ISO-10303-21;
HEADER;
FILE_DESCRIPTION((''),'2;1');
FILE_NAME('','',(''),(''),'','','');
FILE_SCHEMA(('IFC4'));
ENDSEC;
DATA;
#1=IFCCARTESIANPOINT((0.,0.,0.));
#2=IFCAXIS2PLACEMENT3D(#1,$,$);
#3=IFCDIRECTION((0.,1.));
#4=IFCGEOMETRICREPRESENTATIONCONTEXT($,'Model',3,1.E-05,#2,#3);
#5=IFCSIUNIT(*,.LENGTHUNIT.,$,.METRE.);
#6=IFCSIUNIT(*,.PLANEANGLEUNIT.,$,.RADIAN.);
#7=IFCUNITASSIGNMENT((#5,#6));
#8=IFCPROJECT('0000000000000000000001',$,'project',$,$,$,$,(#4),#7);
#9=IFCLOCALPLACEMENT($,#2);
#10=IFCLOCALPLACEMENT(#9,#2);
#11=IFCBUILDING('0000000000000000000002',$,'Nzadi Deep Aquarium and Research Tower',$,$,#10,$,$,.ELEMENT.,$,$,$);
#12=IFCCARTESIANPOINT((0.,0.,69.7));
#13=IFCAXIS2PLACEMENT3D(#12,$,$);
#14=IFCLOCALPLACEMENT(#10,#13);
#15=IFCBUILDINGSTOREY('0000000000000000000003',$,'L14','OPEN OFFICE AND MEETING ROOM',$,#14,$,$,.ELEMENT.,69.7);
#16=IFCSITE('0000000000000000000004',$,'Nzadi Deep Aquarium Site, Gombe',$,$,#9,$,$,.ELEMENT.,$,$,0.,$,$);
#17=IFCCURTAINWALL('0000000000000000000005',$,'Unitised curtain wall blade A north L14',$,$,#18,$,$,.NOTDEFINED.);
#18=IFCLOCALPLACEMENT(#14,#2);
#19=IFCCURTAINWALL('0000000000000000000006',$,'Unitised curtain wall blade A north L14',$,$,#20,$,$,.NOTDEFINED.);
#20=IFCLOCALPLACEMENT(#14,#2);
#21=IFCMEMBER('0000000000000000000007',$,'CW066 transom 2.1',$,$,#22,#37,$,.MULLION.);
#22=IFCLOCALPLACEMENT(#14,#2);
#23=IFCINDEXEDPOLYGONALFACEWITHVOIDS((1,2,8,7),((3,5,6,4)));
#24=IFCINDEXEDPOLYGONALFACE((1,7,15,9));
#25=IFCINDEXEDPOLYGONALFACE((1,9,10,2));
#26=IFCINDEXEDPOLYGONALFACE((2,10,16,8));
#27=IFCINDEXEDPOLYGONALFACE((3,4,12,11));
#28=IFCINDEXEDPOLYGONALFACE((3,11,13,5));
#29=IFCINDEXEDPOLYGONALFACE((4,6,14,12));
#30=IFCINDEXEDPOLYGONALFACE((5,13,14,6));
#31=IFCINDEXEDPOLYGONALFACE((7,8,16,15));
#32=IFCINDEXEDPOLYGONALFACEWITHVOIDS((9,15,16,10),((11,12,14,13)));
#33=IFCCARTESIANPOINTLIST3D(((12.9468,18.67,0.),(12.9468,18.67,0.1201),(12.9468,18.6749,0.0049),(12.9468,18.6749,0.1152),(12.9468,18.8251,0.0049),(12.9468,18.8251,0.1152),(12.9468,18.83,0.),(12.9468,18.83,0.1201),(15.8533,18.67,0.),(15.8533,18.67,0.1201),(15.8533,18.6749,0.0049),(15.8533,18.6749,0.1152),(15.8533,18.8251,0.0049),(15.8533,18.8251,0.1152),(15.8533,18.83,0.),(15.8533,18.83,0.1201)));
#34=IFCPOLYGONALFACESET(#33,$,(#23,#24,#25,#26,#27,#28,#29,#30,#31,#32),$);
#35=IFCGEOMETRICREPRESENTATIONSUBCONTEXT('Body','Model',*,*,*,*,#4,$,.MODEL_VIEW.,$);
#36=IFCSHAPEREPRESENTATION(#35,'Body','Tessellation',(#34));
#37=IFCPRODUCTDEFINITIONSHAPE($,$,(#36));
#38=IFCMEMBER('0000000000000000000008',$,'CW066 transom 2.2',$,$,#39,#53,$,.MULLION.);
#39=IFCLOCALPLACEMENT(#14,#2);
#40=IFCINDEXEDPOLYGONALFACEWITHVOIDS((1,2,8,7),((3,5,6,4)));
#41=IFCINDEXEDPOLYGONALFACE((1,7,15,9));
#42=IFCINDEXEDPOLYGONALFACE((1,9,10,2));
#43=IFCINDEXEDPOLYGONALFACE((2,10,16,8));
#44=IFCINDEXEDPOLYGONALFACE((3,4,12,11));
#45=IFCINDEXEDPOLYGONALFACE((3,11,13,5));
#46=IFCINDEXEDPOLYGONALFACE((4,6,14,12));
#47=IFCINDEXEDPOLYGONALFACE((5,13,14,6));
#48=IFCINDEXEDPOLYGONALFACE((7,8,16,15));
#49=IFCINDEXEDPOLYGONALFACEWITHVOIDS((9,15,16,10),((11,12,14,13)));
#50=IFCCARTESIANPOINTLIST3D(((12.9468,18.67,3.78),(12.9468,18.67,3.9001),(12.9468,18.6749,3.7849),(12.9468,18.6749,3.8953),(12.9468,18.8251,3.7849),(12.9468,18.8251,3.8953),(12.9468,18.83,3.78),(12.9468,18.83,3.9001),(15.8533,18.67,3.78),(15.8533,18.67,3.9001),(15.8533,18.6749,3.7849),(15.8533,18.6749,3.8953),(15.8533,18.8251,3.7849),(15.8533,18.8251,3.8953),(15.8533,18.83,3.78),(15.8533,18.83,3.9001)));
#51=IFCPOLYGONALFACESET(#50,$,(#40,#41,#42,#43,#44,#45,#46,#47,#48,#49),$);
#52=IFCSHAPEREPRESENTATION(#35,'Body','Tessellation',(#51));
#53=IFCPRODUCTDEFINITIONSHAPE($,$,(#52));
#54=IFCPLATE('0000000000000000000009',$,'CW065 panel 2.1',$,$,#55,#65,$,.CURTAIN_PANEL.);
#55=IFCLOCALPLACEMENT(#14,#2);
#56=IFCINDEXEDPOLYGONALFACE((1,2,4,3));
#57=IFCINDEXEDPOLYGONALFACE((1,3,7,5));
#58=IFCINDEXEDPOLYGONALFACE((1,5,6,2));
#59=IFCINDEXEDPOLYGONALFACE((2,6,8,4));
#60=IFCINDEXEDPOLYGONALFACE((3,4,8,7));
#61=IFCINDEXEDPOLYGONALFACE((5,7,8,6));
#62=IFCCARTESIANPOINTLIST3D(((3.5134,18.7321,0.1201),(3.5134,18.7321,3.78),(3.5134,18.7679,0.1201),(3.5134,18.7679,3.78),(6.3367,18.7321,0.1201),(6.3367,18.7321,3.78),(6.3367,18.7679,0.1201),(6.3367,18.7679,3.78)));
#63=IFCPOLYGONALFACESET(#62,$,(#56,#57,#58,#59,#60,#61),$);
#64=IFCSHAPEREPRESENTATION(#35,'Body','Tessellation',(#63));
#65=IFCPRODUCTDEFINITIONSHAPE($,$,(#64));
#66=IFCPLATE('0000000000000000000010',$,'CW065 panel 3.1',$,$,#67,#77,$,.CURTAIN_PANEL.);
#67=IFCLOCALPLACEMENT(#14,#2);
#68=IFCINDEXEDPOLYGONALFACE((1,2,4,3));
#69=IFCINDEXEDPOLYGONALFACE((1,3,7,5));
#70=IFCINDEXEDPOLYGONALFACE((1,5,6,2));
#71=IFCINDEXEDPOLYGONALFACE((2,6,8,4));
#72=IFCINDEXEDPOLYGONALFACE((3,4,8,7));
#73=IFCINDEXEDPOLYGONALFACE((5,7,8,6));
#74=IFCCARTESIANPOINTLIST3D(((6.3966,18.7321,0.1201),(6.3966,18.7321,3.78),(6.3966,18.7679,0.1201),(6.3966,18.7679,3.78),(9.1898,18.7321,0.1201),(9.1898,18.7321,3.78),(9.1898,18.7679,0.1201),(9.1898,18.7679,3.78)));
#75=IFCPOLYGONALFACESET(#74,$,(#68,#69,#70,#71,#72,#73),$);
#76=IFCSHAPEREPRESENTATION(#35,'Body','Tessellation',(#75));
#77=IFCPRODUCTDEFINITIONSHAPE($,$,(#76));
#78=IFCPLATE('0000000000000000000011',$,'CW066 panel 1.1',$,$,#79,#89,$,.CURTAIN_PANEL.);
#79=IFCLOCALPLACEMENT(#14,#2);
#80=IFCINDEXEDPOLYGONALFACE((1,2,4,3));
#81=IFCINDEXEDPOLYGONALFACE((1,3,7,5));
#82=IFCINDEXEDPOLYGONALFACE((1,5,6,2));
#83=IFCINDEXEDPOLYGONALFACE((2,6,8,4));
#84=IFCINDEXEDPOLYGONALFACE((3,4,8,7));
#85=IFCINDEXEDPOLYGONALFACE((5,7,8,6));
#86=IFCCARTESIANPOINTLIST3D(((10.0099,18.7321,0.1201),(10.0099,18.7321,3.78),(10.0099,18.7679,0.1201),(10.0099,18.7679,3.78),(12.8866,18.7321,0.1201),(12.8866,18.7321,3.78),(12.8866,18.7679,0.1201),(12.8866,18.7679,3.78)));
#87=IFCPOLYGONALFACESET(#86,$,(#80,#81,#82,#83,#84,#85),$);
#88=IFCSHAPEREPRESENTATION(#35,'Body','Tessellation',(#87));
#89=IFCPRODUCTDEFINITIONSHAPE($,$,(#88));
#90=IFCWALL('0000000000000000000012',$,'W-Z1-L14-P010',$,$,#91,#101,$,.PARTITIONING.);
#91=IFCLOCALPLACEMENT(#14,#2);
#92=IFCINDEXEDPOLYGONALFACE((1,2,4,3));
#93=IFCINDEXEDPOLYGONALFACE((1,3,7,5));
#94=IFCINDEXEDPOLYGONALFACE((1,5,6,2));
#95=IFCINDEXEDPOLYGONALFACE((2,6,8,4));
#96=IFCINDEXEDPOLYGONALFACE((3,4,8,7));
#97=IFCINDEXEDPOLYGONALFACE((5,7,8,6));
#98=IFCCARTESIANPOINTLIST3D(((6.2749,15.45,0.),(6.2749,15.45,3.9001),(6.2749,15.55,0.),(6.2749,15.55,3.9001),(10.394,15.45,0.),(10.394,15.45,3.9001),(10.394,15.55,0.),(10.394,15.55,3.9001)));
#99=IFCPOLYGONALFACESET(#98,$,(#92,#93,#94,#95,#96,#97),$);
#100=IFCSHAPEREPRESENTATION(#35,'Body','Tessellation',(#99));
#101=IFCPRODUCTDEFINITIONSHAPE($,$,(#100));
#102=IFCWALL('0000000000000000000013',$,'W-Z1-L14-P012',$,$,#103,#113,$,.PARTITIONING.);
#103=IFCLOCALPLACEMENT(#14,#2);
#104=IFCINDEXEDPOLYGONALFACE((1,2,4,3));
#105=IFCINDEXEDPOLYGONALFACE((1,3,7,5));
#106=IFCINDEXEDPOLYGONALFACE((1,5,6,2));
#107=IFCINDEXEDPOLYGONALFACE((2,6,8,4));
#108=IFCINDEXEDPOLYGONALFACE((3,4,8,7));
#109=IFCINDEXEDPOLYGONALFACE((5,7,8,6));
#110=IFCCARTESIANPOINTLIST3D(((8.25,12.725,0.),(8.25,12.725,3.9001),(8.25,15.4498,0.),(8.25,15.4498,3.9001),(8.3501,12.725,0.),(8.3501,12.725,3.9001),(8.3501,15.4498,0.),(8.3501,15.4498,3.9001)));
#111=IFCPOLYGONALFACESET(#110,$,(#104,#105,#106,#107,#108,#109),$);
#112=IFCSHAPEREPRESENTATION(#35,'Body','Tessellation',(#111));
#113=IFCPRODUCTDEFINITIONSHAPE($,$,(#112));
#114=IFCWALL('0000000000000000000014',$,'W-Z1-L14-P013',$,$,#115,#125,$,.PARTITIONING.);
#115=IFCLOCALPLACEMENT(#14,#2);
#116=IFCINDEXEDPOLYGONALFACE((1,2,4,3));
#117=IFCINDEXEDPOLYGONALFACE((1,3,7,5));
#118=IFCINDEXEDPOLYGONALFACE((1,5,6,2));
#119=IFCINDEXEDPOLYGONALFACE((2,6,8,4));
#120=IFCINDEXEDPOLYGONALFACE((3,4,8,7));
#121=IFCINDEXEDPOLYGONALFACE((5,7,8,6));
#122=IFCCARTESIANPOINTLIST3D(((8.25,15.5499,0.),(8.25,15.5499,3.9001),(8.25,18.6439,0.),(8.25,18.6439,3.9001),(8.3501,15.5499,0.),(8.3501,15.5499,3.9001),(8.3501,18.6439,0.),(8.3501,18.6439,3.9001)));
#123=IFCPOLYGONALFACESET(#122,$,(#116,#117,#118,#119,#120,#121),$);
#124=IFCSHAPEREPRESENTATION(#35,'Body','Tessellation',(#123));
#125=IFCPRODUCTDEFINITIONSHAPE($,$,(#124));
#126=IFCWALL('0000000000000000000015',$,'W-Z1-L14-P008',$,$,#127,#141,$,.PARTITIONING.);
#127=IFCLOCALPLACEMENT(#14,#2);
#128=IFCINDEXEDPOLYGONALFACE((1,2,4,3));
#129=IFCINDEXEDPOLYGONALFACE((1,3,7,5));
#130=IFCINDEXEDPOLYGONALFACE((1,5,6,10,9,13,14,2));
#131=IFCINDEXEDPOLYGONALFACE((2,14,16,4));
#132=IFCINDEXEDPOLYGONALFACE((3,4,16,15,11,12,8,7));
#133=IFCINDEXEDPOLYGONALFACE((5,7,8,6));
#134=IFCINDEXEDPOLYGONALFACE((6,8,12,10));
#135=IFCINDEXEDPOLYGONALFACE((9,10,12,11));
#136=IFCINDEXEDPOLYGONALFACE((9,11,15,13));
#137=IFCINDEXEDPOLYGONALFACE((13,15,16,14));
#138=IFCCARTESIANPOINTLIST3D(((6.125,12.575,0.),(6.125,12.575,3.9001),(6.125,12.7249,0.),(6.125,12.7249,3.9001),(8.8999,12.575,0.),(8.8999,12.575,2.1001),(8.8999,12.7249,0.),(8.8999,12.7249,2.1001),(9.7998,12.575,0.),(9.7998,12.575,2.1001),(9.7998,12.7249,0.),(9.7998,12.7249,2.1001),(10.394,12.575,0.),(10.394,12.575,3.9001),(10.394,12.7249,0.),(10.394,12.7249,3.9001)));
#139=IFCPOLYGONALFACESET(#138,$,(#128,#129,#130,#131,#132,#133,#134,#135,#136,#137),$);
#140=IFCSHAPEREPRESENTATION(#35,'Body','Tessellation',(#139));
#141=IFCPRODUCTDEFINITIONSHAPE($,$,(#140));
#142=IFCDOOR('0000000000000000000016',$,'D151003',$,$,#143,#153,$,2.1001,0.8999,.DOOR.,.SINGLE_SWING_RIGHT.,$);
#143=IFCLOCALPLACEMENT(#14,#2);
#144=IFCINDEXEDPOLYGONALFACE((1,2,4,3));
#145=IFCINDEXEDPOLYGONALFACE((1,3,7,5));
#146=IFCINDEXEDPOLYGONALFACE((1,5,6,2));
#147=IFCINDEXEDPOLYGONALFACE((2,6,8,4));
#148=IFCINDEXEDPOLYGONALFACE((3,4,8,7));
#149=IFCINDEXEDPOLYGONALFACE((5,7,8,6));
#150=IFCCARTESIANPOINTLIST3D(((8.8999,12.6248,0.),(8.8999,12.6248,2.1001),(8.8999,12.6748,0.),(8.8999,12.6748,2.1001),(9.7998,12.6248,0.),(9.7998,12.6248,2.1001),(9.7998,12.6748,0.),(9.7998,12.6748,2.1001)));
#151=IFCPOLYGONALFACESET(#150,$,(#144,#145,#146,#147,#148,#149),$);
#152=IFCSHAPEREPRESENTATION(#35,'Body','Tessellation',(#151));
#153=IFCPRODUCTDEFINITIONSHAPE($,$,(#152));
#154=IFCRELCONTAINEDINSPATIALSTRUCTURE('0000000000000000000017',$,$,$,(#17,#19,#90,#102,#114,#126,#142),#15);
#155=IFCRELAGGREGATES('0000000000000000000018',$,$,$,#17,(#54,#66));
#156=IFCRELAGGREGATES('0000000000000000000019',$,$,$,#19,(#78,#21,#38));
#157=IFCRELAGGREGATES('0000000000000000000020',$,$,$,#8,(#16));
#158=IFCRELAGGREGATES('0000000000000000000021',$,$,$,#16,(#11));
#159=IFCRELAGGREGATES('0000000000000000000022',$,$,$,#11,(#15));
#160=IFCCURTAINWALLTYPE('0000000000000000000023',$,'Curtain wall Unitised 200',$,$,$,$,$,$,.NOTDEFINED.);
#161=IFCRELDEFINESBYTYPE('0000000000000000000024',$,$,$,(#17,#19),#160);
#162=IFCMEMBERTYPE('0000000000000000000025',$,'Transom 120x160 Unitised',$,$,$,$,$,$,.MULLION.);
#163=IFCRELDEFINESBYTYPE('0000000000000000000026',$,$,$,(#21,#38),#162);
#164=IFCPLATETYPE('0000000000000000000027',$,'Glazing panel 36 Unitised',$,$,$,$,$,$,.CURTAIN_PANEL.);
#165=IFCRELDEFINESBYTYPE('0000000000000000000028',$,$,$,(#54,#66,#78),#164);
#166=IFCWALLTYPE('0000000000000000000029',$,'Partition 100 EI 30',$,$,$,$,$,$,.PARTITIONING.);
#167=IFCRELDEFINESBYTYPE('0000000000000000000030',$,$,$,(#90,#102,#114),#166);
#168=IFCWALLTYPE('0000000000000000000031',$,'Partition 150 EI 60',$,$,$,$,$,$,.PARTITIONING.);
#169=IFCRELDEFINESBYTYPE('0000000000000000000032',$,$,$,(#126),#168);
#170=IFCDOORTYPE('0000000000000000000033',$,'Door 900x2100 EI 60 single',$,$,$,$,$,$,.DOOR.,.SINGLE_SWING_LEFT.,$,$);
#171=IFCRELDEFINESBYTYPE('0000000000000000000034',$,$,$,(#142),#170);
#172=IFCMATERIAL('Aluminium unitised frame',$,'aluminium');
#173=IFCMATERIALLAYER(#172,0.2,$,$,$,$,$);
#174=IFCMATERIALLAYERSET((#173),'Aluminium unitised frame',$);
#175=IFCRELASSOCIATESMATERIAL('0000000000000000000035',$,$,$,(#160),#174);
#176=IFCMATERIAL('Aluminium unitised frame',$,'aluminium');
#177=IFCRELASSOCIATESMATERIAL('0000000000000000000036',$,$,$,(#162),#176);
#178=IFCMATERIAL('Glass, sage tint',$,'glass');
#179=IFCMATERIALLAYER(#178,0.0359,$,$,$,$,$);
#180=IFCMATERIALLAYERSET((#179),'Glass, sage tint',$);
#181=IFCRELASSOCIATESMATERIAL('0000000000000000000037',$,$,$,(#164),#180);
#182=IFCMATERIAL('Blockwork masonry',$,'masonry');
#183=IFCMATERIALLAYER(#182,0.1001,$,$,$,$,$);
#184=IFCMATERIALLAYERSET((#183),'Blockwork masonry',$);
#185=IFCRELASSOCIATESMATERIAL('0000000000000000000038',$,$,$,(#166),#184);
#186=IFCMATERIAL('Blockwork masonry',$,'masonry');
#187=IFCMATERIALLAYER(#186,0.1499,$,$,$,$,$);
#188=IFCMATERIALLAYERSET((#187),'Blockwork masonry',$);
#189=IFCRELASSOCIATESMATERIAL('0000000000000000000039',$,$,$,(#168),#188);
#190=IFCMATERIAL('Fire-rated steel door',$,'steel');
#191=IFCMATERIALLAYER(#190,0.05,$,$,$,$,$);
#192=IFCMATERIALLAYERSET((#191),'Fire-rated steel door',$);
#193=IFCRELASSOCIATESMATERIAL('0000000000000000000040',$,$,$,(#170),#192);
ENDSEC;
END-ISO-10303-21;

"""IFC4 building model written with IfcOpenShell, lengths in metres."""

from ifc_helpers import new_model, si_unit, direction, frame, frame_2d, origin, origin_2d, place, context, subcontext, project, spatial, rectangle, hollow_rectangle, extrude, material, layer, layer_set, material_profile, profile_set, type_object, element, fill, aggregate, save


model = new_model("IFC4")

# Units and contexts
model_context = context("Model", 3, precision=1e-05, world=origin(), true_north=direction((0.0, 1.0)))
body_context = subcontext(model_context, "Body", "Model", "MODEL_VIEW")
ifc_project = project(units=[si_unit("LENGTHUNIT", "METRE"), si_unit("PLANEANGLEUNIT", "RADIAN")], contexts=[model_context])

# Site, building, storey
site_placement = place(None, origin())
site = spatial("IfcSite", under=ifc_project, at=site_placement, Name="Nzadi Deep Aquarium Site, Gombe", CompositionType="ELEMENT", RefElevation=0.0)
building_placement = place(site_placement, origin())
building = spatial("IfcBuilding", under=site, at=building_placement, Name="Nzadi Deep Aquarium and Research Tower", CompositionType="ELEMENT")
storey_placement = place(building_placement, frame((0.0, 0.0, 69.7)))
storey = spatial("IfcBuildingStorey", under=building, at=storey_placement, Name="L14", Description="OPEN OFFICE AND MEETING ROOM", CompositionType="ELEMENT", Elevation=69.7)

# Curtain walls
ifc_material_1 = material(Name="Aluminium unitised frame", Category="aluminium")
ifc_layer_1 = layer(ifc_material_1, 0.2)
ifc_layer_set_1 = layer_set([ifc_layer_1], Name="Aluminium unitised frame")
curtain_wall_type = type_object("IfcCurtainWallType", Name="Curtain wall Unitised 200", PredefinedType="NOTDEFINED", material=ifc_layer_set_1)
curtain_wall_1_placement = place(storey_placement, origin())
curtain_wall_1 = element("IfcCurtainWall", 1, at=curtain_wall_1_placement, inside=storey, type_object=curtain_wall_type, Name="Unitised curtain wall blade A north L14", PredefinedType="NOTDEFINED")
curtain_wall_2_placement = place(storey_placement, origin())
curtain_wall_2 = element("IfcCurtainWall", 2, at=curtain_wall_2_placement, inside=storey, type_object=curtain_wall_type, Name="Unitised curtain wall blade A north L14", PredefinedType="NOTDEFINED")

# Members
ifc_material_2 = material(Name="Aluminium unitised frame", Category="aluminium")
ifc_material_profile_1 = material_profile(ifc_material_2, hollow_rectangle(XDim=0.1599, YDim=0.1201, WallThickness=0.0049, at=origin_2d()))
ifc_profile_set_1 = profile_set([ifc_material_profile_1], Name="Aluminium unitised frame")
member_type_1 = type_object("IfcMemberType", Name="Transom 120x160 Unitised", PredefinedType="MULLION", material=ifc_profile_set_1)
member_1_placement = place(storey_placement, frame((12.9468, 18.75, 0.0601), z_axis=(1.0, 0.0, 0.0), x_axis=(0.0, 1.0, 0.0)))
member_1 = element("IfcMember", 3, at=member_1_placement, type_object=member_type_1, Name="CW066 transom 2.1", PredefinedType="MULLION", context=body_context, shape_type="SweptSolid", body=[
    extrude(hollow_rectangle(XDim=0.1599, YDim=0.1201, WallThickness=0.0049, at=origin_2d()), origin(), (0.0, 0.0, 1.0), 2.9065),
])
member_2_placement = place(storey_placement, frame((12.9468, 18.75, 3.8401), z_axis=(1.0, 0.0, 0.0), x_axis=(0.0, 1.0, 0.0)))
member_2 = element("IfcMember", 4, at=member_2_placement, type_object=member_type_1, Name="CW066 transom 2.2", PredefinedType="MULLION", context=body_context, shape_type="SweptSolid", body=[
    extrude(hollow_rectangle(XDim=0.1599, YDim=0.1201, WallThickness=0.0049, at=origin_2d()), origin(), (0.0, 0.0, 1.0), 2.9065),
])

# Plates
ifc_material_3 = material(Name="Glass, sage tint", Category="glass")
ifc_layer_2 = layer(ifc_material_3, 0.0359)
ifc_layer_set_2 = layer_set([ifc_layer_2], Name="Glass, sage tint")
plate_type = type_object("IfcPlateType", Name="Glazing panel 36 Unitised", PredefinedType="CURTAIN_PANEL", material=ifc_layer_set_2)
plate_1_placement = place(storey_placement, frame((4.925, 18.75, 0.1201), z_axis=(0.0, 0.0, 1.0), x_axis=(1.0, 0.0, 0.0)))
plate_1 = element("IfcPlate", 5, at=plate_1_placement, type_object=plate_type, Name="CW065 panel 2.1", PredefinedType="CURTAIN_PANEL", context=body_context, shape_type="SweptSolid", body=[
    extrude(rectangle(XDim=2.8232, YDim=0.0359, at=origin_2d()), origin(), (0.0, 0.0, 1.0), 3.6599),
])
plate_2_placement = place(storey_placement, frame((7.7932, 18.75, 0.1201), z_axis=(0.0, 0.0, 1.0), x_axis=(1.0, 0.0, 0.0)))
plate_2 = element("IfcPlate", 6, at=plate_2_placement, type_object=plate_type, Name="CW065 panel 3.1", PredefinedType="CURTAIN_PANEL", context=body_context, shape_type="SweptSolid", body=[
    extrude(rectangle(XDim=2.7932, YDim=0.0359, at=origin_2d()), origin(), (0.0, 0.0, 1.0), 3.6599),
])
aggregate(curtain_wall_1, [plate_1, plate_2])
plate_3_placement = place(storey_placement, frame((11.4482, 18.75, 0.1201), z_axis=(0.0, 0.0, 1.0), x_axis=(1.0, 0.0, 0.0)))
plate_3 = element("IfcPlate", 7, at=plate_3_placement, type_object=plate_type, Name="CW066 panel 1.1", PredefinedType="CURTAIN_PANEL", context=body_context, shape_type="SweptSolid", body=[
    extrude(rectangle(XDim=2.8767, YDim=0.0359, at=origin_2d()), origin(), (0.0, 0.0, 1.0), 3.6599),
])
aggregate(curtain_wall_2, [plate_3, member_1, member_2])

# Walls
ifc_material_4 = material(Name="Blockwork masonry", Category="masonry")
ifc_layer_3 = layer(ifc_material_4, 0.1001)
ifc_layer_set_3 = layer_set([ifc_layer_3], Name="Blockwork masonry")
wall_type_1 = type_object("IfcWallType", Name="Partition 100 EI 30", PredefinedType="PARTITIONING", material=ifc_layer_set_3)
wall_1_placement = place(storey_placement, frame((6.2749, 15.5, 0.0), z_axis=(0.0, 0.0, 1.0), x_axis=(1.0, 0.0, 0.0)))
element("IfcWall", 8, at=wall_1_placement, inside=storey, type_object=wall_type_1, Name="W-Z1-L14-P010", PredefinedType="PARTITIONING", context=body_context, shape_type="SweptSolid", body=[
    extrude(rectangle(XDim=4.1191, YDim=0.1001, at=frame_2d((2.0596, 0.0))), origin(), (0.0, 0.0, 1.0), 3.9001),
])
wall_2_placement = place(storey_placement, frame((8.3, 12.7251, 0.0), z_axis=(0.0, 0.0, 1.0), x_axis=(0.0, 1.0, 0.0)))
element("IfcWall", 9, at=wall_2_placement, inside=storey, type_object=wall_type_1, Name="W-Z1-L14-P012", PredefinedType="PARTITIONING", context=body_context, shape_type="SweptSolid", body=[
    extrude(rectangle(XDim=2.7249, YDim=0.1001, at=frame_2d((1.3623, 0.0))), origin(), (0.0, 0.0, 1.0), 3.9001),
])
wall_3_placement = place(storey_placement, frame((8.3, 15.55, 0.0), z_axis=(0.0, 0.0, 1.0), x_axis=(0.0, 1.0, 0.0)))
element("IfcWall", 10, at=wall_3_placement, inside=storey, type_object=wall_type_1, Name="W-Z1-L14-P013", PredefinedType="PARTITIONING", context=body_context, shape_type="SweptSolid", body=[
    extrude(rectangle(XDim=3.094, YDim=0.1001, at=frame_2d((1.5469, 0.0))), origin(), (0.0, 0.0, 1.0), 3.9001),
])

# Wall, opening, door
ifc_material_5 = material(Name="Blockwork masonry", Category="masonry")
ifc_layer_4 = layer(ifc_material_5, 0.1499)
ifc_layer_set_4 = layer_set([ifc_layer_4], Name="Blockwork masonry")
wall_type_2 = type_object("IfcWallType", Name="Partition 150 EI 60", PredefinedType="PARTITIONING", material=ifc_layer_set_4)
wall_4_placement = place(storey_placement, frame((6.125, 12.6499, 0.0), z_axis=(0.0, 0.0, 1.0), x_axis=(1.0, 0.0, 0.0)))
wall_4 = element("IfcWall", 11, at=wall_4_placement, inside=storey, type_object=wall_type_2, Name="W-Z1-L14-P008", PredefinedType="PARTITIONING", context=body_context, shape_type="SweptSolid", body=[
    extrude(rectangle(XDim=4.269, YDim=0.1499, at=frame_2d((2.1345, 0.0))), origin(), (0.0, 0.0, 1.0), 3.9001),
])
opening_1_placement = place(wall_4_placement, frame((2.7749, 0.0, 0.0)))
opening_1 = element("IfcOpeningElement", 12, at=opening_1_placement, cuts=wall_4, PredefinedType="OPENING", context=body_context, shape_type="SweptSolid", body=[
    extrude(rectangle(XDim=0.8999, YDim=2.1001, at=frame_2d((0.45, 1.05))), frame((0.0, 0.085, 0.0), z_axis=(0.0, -1.0, 0.0), x_axis=(1.0, 0.0, 0.0)), (0.0, 0.0, 1.0), 0.1699),
])
ifc_material_6 = material(Name="Fire-rated steel door", Category="steel")
ifc_layer_5 = layer(ifc_material_6, 0.05)
ifc_layer_set_5 = layer_set([ifc_layer_5], Name="Fire-rated steel door")
door_type_1 = type_object("IfcDoorType", Name="Door 900x2100 EI 60 single", OperationType="SINGLE_SWING_LEFT", PredefinedType="DOOR", material=ifc_layer_set_5)
door_1_placement = place(opening_1_placement, origin())
door_1 = element("IfcDoor", 13, at=door_1_placement, inside=storey, type_object=door_type_1, Name="D151003", OperationType="SINGLE_SWING_RIGHT", OverallHeight=2.1001, OverallWidth=0.8999, PredefinedType="DOOR", context=body_context, shape_type="SweptSolid", body=[
    extrude(rectangle(XDim=0.8999, YDim=2.1001, at=frame_2d((0.45, 1.05))), frame((0.0, 0.0249, 0.0), z_axis=(0.0, -1.0, 0.0), x_axis=(1.0, 0.0, 0.0)), (0.0, 0.0, 1.0), 0.05),
])
fill(opening_1, door_1)

save(model, "model.ifc")
